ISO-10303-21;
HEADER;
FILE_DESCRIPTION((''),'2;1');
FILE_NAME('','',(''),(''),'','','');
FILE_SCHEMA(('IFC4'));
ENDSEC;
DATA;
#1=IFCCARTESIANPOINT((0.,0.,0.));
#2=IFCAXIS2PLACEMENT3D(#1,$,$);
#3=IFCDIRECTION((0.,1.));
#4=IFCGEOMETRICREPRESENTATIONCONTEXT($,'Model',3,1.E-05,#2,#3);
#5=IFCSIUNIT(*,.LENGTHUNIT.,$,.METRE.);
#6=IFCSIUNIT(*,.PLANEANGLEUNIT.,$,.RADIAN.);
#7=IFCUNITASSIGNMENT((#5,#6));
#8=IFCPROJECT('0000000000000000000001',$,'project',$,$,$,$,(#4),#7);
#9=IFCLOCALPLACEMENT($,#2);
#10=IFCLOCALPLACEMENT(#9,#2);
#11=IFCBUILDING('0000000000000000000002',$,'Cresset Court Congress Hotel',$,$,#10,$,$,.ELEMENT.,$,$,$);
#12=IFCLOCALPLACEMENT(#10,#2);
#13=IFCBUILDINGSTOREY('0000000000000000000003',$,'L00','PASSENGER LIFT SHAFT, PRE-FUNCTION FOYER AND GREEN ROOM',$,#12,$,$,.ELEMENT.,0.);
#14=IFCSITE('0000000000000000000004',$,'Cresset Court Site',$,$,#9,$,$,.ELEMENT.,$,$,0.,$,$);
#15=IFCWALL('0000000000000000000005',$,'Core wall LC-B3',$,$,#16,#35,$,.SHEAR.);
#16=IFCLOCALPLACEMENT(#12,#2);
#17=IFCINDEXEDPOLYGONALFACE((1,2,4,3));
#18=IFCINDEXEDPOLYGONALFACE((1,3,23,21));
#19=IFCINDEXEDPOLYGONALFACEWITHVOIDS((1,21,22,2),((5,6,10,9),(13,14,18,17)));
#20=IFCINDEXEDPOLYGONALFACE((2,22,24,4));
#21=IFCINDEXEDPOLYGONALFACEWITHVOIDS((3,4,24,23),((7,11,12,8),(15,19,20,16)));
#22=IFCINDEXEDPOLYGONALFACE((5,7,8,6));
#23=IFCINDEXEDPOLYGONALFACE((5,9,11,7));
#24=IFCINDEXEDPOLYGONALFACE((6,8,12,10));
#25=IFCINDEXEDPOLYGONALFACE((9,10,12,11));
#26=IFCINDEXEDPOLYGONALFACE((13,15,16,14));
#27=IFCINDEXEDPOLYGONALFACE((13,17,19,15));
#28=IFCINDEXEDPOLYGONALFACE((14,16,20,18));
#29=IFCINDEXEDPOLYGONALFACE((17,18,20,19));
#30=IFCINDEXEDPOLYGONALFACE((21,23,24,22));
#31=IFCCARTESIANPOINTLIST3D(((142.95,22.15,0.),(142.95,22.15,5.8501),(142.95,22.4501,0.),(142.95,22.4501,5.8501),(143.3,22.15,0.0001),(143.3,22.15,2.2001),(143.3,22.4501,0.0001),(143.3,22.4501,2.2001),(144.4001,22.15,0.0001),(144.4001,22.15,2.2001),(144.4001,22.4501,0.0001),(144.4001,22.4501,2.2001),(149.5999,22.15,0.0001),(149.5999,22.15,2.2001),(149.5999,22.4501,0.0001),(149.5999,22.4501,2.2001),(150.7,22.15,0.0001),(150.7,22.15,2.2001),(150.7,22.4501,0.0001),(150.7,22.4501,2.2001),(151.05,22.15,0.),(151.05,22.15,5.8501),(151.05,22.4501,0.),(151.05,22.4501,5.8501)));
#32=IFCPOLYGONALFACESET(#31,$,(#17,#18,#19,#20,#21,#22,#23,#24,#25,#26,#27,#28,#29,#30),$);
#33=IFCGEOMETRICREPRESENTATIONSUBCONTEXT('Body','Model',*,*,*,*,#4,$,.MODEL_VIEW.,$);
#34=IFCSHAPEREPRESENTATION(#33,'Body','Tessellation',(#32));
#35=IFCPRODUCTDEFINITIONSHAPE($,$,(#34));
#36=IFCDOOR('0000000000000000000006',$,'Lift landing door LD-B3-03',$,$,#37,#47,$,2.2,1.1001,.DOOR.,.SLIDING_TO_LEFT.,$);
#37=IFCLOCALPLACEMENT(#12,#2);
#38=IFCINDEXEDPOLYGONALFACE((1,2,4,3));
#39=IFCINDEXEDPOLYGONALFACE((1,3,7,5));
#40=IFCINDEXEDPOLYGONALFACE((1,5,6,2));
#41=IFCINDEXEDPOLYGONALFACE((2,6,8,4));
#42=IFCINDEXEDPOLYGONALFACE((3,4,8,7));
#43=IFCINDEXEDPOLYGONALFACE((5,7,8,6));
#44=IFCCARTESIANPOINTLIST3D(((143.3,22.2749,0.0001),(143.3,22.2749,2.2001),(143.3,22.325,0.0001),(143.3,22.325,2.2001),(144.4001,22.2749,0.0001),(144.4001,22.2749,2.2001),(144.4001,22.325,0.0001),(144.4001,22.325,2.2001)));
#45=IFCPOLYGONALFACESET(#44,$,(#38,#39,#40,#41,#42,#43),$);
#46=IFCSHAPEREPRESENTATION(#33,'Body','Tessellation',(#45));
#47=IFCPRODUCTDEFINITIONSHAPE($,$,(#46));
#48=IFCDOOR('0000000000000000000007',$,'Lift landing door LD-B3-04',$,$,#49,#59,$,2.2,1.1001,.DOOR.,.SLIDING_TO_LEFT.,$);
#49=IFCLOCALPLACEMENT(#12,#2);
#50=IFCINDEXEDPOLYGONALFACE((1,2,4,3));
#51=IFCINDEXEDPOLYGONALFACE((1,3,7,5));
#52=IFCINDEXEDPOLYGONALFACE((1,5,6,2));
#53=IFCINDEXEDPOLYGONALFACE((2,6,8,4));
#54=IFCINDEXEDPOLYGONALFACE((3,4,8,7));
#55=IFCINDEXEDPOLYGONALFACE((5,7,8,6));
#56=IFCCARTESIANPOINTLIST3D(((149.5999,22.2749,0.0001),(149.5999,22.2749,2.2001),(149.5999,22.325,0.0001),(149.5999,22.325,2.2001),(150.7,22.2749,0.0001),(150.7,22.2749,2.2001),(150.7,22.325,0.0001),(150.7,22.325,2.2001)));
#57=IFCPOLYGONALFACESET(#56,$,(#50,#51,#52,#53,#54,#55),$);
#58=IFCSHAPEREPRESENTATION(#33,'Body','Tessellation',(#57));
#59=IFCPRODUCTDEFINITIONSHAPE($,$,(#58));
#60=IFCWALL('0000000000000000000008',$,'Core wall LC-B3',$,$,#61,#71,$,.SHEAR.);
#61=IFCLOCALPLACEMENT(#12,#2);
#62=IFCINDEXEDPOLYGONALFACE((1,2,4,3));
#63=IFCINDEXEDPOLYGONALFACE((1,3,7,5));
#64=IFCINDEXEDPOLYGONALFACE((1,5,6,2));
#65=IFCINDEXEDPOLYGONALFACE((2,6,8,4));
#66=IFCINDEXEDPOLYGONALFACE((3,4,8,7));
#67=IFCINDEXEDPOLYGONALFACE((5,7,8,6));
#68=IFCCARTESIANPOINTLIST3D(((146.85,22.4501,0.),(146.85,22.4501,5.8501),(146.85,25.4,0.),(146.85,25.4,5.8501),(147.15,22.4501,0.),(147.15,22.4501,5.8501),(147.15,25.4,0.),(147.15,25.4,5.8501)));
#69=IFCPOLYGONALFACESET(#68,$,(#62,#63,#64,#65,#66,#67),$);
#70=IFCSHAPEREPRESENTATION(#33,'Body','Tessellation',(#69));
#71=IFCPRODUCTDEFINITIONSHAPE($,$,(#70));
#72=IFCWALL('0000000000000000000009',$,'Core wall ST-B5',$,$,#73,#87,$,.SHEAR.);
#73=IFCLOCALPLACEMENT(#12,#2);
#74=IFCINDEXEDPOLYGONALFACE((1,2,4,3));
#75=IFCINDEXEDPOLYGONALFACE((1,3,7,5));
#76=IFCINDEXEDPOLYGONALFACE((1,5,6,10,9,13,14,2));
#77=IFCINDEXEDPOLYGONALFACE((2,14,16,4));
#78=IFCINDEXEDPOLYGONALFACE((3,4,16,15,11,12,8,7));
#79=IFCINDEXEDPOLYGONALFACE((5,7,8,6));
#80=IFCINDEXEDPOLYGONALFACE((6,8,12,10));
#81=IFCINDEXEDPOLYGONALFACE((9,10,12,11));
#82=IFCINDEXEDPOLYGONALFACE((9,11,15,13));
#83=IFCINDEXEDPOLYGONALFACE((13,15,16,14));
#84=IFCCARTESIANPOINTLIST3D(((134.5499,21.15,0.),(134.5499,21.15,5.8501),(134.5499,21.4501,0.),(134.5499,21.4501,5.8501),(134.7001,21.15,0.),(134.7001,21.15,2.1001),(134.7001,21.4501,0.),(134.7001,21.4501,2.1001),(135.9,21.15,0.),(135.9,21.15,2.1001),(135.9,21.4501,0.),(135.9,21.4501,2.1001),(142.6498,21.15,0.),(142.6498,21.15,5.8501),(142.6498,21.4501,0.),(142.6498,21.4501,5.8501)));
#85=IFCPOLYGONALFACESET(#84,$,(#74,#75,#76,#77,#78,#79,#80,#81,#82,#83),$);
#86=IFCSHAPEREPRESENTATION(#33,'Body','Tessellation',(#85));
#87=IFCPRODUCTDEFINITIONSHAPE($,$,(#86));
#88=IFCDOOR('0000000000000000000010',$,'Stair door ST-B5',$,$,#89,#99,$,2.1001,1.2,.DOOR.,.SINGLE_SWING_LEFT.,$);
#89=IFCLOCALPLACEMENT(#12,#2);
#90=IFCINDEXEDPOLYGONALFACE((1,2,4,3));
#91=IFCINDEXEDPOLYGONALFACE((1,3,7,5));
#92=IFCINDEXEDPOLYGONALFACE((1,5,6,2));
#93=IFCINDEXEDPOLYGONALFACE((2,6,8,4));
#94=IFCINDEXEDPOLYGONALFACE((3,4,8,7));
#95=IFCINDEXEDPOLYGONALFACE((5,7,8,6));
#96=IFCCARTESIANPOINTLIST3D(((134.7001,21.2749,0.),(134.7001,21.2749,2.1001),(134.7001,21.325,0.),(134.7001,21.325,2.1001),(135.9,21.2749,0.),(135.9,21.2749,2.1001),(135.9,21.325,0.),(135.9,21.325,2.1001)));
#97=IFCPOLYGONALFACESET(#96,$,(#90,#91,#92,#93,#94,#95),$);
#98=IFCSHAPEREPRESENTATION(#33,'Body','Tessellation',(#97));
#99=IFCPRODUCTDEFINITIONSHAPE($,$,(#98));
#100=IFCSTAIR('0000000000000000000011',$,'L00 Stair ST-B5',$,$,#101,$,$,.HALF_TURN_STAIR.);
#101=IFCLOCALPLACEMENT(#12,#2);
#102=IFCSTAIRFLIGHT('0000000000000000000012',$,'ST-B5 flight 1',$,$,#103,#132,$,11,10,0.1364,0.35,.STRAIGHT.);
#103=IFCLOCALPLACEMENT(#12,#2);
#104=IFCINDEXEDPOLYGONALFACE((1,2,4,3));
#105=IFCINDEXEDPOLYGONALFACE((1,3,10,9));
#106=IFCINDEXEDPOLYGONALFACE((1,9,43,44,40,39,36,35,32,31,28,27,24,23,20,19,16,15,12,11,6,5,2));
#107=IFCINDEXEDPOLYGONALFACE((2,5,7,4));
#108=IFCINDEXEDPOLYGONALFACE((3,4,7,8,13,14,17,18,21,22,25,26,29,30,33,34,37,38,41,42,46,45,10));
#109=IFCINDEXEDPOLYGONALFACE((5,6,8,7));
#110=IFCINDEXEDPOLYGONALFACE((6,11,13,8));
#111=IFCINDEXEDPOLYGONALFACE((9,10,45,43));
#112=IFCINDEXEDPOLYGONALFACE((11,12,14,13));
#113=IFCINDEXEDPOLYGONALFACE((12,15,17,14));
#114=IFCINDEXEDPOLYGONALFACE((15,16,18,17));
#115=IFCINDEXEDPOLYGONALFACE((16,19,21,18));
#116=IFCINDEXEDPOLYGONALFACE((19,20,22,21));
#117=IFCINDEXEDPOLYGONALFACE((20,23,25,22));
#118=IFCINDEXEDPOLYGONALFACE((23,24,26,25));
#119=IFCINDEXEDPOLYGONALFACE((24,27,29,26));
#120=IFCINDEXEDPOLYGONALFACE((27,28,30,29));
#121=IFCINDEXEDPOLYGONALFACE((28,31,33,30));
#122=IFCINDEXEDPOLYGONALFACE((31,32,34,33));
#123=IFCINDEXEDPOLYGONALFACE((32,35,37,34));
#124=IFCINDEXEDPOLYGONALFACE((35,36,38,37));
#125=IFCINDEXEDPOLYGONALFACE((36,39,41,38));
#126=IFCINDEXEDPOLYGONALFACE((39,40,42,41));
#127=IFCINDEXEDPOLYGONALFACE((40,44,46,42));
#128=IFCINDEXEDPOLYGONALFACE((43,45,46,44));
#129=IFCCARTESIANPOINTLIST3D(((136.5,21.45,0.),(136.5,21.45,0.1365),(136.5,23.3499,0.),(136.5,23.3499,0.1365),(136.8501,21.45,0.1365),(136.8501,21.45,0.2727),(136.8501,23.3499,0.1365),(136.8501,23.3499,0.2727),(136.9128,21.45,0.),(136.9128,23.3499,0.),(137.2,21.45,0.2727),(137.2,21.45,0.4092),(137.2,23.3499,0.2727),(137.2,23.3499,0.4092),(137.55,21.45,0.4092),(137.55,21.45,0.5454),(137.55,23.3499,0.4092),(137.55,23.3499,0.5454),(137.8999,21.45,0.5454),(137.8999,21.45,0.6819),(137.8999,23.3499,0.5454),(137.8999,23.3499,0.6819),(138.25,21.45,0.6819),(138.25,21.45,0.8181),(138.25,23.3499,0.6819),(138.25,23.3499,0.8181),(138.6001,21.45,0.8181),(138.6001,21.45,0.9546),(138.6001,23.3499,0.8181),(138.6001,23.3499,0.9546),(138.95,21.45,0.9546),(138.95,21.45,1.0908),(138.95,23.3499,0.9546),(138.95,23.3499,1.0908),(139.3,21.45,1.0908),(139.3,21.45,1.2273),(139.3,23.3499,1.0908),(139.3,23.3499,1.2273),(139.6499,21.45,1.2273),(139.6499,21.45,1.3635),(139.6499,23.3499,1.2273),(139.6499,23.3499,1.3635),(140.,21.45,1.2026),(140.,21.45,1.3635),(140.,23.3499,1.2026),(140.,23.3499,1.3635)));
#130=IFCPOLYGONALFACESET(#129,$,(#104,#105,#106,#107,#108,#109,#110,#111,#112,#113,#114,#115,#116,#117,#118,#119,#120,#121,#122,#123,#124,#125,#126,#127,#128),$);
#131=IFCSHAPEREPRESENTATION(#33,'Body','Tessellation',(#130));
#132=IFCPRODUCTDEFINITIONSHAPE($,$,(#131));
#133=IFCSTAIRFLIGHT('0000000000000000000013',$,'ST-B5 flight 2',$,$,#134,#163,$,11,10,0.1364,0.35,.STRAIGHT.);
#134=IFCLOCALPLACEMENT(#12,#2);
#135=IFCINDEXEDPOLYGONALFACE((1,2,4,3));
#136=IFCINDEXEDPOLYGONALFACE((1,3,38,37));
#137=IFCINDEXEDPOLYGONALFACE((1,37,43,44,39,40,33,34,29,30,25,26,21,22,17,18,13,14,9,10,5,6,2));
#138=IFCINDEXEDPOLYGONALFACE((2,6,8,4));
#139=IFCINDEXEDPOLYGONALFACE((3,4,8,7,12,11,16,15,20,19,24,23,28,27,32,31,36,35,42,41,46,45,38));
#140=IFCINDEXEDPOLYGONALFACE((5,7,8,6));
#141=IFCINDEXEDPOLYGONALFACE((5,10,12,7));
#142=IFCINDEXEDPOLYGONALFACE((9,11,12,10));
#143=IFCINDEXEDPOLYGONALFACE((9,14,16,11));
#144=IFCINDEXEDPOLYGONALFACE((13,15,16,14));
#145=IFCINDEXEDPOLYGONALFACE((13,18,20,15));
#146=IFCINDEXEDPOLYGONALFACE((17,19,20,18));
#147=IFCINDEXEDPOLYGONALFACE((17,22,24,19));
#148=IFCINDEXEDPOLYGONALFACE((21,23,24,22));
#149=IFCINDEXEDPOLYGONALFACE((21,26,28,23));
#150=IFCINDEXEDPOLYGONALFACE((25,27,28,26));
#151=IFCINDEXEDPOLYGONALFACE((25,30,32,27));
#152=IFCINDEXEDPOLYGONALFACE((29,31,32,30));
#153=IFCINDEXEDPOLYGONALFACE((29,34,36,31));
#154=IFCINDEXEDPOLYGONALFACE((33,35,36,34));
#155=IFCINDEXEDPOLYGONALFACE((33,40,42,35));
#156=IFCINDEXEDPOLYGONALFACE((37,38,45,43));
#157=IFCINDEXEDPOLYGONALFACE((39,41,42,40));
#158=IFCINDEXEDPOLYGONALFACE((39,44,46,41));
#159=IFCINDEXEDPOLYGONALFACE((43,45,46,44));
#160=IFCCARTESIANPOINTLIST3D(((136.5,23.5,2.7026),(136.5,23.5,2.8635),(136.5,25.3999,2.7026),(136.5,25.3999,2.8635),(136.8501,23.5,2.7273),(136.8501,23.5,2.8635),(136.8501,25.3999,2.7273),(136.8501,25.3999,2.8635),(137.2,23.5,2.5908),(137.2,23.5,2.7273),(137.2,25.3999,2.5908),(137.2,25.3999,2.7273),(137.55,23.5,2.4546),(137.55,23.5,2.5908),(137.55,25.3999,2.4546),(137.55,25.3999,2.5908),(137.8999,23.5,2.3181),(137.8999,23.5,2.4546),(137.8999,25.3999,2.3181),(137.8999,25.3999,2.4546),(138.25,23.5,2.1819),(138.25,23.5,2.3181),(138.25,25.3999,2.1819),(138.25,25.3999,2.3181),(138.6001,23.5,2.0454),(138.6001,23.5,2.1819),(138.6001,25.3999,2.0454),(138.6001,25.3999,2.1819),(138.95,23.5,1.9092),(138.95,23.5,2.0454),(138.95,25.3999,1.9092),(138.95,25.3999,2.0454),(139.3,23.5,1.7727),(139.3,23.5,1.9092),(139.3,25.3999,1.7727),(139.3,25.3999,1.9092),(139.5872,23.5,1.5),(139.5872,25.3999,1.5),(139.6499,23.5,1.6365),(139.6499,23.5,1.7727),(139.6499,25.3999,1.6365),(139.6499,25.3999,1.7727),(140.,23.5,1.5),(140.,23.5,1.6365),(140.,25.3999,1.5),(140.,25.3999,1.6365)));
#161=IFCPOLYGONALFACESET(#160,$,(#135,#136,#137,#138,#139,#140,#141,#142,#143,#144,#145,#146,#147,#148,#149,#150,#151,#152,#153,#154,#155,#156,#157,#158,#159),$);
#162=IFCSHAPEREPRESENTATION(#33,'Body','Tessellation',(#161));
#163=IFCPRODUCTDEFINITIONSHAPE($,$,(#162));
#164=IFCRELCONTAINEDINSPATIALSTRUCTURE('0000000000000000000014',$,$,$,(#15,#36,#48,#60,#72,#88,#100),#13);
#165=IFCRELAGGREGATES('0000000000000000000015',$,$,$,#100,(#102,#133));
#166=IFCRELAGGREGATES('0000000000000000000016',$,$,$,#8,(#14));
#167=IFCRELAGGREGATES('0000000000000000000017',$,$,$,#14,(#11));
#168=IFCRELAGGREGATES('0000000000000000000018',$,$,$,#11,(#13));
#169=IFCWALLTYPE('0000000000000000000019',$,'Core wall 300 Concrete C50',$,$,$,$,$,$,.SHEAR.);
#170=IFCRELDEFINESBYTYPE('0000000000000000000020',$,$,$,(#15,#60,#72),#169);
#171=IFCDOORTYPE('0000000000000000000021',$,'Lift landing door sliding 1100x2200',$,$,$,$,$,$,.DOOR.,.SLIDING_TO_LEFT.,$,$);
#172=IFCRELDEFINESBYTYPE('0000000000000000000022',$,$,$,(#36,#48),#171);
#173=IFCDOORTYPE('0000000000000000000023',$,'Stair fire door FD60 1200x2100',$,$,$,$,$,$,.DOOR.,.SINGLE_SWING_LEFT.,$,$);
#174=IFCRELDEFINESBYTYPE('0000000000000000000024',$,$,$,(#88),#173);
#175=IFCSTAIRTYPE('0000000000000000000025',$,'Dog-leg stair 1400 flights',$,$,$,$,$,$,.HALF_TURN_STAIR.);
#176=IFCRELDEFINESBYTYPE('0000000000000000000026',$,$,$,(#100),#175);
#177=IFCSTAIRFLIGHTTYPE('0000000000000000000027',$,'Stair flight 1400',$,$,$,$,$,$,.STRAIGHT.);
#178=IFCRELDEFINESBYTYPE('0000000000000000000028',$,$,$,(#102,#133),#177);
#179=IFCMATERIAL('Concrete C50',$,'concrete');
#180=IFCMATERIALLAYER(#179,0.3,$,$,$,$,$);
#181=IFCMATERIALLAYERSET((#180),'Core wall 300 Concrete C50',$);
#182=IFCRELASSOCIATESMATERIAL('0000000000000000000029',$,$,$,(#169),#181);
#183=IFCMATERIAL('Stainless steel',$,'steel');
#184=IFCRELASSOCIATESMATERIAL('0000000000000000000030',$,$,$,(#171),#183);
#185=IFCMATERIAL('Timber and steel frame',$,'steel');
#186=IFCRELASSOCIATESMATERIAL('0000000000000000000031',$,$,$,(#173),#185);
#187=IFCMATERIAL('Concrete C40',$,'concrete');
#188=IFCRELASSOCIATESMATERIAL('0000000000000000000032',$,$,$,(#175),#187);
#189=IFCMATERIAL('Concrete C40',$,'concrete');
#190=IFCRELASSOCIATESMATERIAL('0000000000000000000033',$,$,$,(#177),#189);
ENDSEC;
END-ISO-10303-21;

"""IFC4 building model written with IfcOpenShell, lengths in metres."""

from ifc_helpers import new_model, si_unit, direction, frame, frame_2d, origin, place, context, subcontext, project, spatial, polyline, rectangle, outline, extrude, material, layer, layer_set, type_object, element, fill, aggregate, save


model = new_model("IFC4")

# Units and contexts
model_context = context("Model", 3, precision=1e-05, world=origin(), true_north=direction((0.0, 1.0)))
body_context = subcontext(model_context, "Body", "Model", "MODEL_VIEW")
ifc_project = project(units=[si_unit("LENGTHUNIT", "METRE"), si_unit("PLANEANGLEUNIT", "RADIAN")], contexts=[model_context])

# Site, building, storey
site_placement = place(None, origin())
site = spatial("IfcSite", under=ifc_project, at=site_placement, Name="Cresset Court Site", CompositionType="ELEMENT", RefElevation=0.0)
building_placement = place(site_placement, origin())
building = spatial("IfcBuilding", under=site, at=building_placement, Name="Cresset Court Congress Hotel", CompositionType="ELEMENT")
storey_placement = place(building_placement, origin())
storey = spatial("IfcBuildingStorey", under=building, at=storey_placement, Name="L00", Description="PASSENGER LIFT SHAFT, PRE-FUNCTION FOYER AND GREEN ROOM", CompositionType="ELEMENT", Elevation=0.0)

# Shared definitions
ifc_material_1 = material(Name="Concrete C50", Category="concrete")
ifc_layer = layer(ifc_material_1, 0.3)
ifc_layer_set = layer_set([ifc_layer], Name="Core wall 300 Concrete C50")
wall_type = type_object("IfcWallType", Name="Core wall 300 Concrete C50", PredefinedType="SHEAR", material=ifc_layer_set)

# Wall, openings, doors
wall_1_placement = place(storey_placement, frame((142.95, 22.3, 0.0), z_axis=(0.0, 0.0, 1.0), x_axis=(1.0, 0.0, 0.0)))
wall_1 = element("IfcWall", 1, at=wall_1_placement, inside=storey, type_object=wall_type, Name="Core wall LC-B3", PredefinedType="SHEAR", context=body_context, shape_type="SweptSolid", body=[
    extrude(rectangle(XDim=8.1001, YDim=0.3, at=frame_2d((4.05, 0.0))), origin(), (0.0, 0.0, 1.0), 5.8501),
])
opening_1_placement = place(wall_1_placement, frame((0.3501, 0.0, 0.0)))
opening_1 = element("IfcOpeningElement", 2, at=opening_1_placement, cuts=wall_1, PredefinedType="OPENING", context=body_context, shape_type="SweptSolid", body=[
    extrude(rectangle(XDim=1.1001, YDim=2.2, at=frame_2d((0.55, 1.1001))), frame((0.0, 0.1599, 0.0), z_axis=(0.0, -1.0, 0.0), x_axis=(1.0, 0.0, 0.0)), (0.0, 0.0, 1.0), 0.3201),
])
opening_2_placement = place(wall_1_placement, frame((6.6499, 0.0, 0.0)))
opening_2 = element("IfcOpeningElement", 3, at=opening_2_placement, cuts=wall_1, PredefinedType="OPENING", context=body_context, shape_type="SweptSolid", body=[
    extrude(rectangle(XDim=1.1001, YDim=2.2, at=frame_2d((0.55, 1.1001))), frame((0.0, 0.1599, 0.0), z_axis=(0.0, -1.0, 0.0), x_axis=(1.0, 0.0, 0.0)), (0.0, 0.0, 1.0), 0.3201),
])
ifc_material_2 = material(Name="Stainless steel", Category="steel")
door_type_1 = type_object("IfcDoorType", Name="Lift landing door sliding 1100x2200", OperationType="SLIDING_TO_LEFT", PredefinedType="DOOR", material=ifc_material_2)
door_1_placement = place(opening_1_placement, origin())
door_1 = element("IfcDoor", 4, at=door_1_placement, inside=storey, type_object=door_type_1, Name="Lift landing door LD-B3-03", OperationType="SLIDING_TO_LEFT", OverallHeight=2.2, OverallWidth=1.1001, PredefinedType="DOOR", context=body_context, shape_type="SweptSolid", body=[
    extrude(rectangle(XDim=1.1001, YDim=2.2, at=frame_2d((0.55, 1.1001))), frame((0.0, 0.0249, 0.0), z_axis=(0.0, -1.0, 0.0), x_axis=(1.0, 0.0, 0.0)), (0.0, 0.0, 1.0), 0.05),
])
fill(opening_1, door_1)
door_2_placement = place(opening_2_placement, origin())
door_2 = element("IfcDoor", 5, at=door_2_placement, inside=storey, type_object=door_type_1, Name="Lift landing door LD-B3-04", OperationType="SLIDING_TO_LEFT", OverallHeight=2.2, OverallWidth=1.1001, PredefinedType="DOOR", context=body_context, shape_type="SweptSolid", body=[
    extrude(rectangle(XDim=1.1001, YDim=2.2, at=frame_2d((0.55, 1.1001))), frame((0.0, 0.0249, 0.0), z_axis=(0.0, -1.0, 0.0), x_axis=(1.0, 0.0, 0.0)), (0.0, 0.0, 1.0), 0.05),
])
fill(opening_2, door_2)

# Wall
wall_2_placement = place(storey_placement, frame((147.0, 22.45, 0.0), z_axis=(0.0, 0.0, 1.0), x_axis=(0.0, 1.0, 0.0)))
element("IfcWall", 6, at=wall_2_placement, inside=storey, type_object=wall_type, Name="Core wall LC-B3", PredefinedType="SHEAR", context=body_context, shape_type="SweptSolid", body=[
    extrude(rectangle(XDim=2.95, YDim=0.3, at=frame_2d((1.4751, 0.0))), origin(), (0.0, 0.0, 1.0), 5.8501),
])

# Wall, opening, door
wall_3_placement = place(storey_placement, frame((134.55, 21.3, 0.0), z_axis=(0.0, 0.0, 1.0), x_axis=(1.0, 0.0, 0.0)))
wall_3 = element("IfcWall", 7, at=wall_3_placement, inside=storey, type_object=wall_type, Name="Core wall ST-B5", PredefinedType="SHEAR", context=body_context, shape_type="SweptSolid", body=[
    extrude(rectangle(XDim=8.0999, YDim=0.3, at=frame_2d((4.0498, 0.0))), origin(), (0.0, 0.0, 1.0), 5.8501),
])
opening_3_placement = place(wall_3_placement, frame((0.1499, 0.0, 0.0)))
opening_3 = element("IfcOpeningElement", 8, at=opening_3_placement, cuts=wall_3, PredefinedType="OPENING", context=body_context, shape_type="SweptSolid", body=[
    extrude(rectangle(XDim=1.2, YDim=2.1001, at=frame_2d((0.6001, 1.05))), frame((0.0, 0.1599, 0.0), z_axis=(0.0, -1.0, 0.0), x_axis=(1.0, 0.0, 0.0)), (0.0, 0.0, 1.0), 0.3201),
])
ifc_material_3 = material(Name="Timber and steel frame", Category="steel")
door_type_2 = type_object("IfcDoorType", Name="Stair fire door FD60 1200x2100", OperationType="SINGLE_SWING_LEFT", PredefinedType="DOOR", material=ifc_material_3)
door_3_placement = place(opening_3_placement, origin())
door_3 = element("IfcDoor", 9, at=door_3_placement, inside=storey, type_object=door_type_2, Name="Stair door ST-B5", OperationType="SINGLE_SWING_LEFT", OverallHeight=2.1001, OverallWidth=1.2, PredefinedType="DOOR", context=body_context, shape_type="SweptSolid", body=[
    extrude(rectangle(XDim=1.2, YDim=2.1001, at=frame_2d((0.6001, 1.05))), frame((0.0, 0.0249, 0.0), z_axis=(0.0, -1.0, 0.0), x_axis=(1.0, 0.0, 0.0)), (0.0, 0.0, 1.0), 0.05),
])
fill(opening_3, door_3)

# Stair, stair flights
ifc_material_4 = material(Name="Concrete C40", Category="concrete")
stair_type = type_object("IfcStairType", Name="Dog-leg stair 1400 flights", PredefinedType="HALF_TURN_STAIR", material=ifc_material_4)
stair_placement = place(storey_placement, origin())
stair = element("IfcStair", 10, at=stair_placement, inside=storey, type_object=stair_type, Name="L00 Stair ST-B5", PredefinedType="HALF_TURN_STAIR")
ifc_material_5 = material(Name="Concrete C40", Category="concrete")
stair_flight_type = type_object("IfcStairFlightType", Name="Stair flight 1400", PredefinedType="STRAIGHT", material=ifc_material_5)
stair_flight_1_placement = place(storey_placement, frame((136.5, 22.3999, 0.0), z_axis=(0.0, 0.0, 1.0), x_axis=(1.0, 0.0, 0.0)))
stair_flight_1 = element("IfcStairFlight", 11, at=stair_flight_1_placement, type_object=stair_flight_type, Name="ST-B5 flight 1", NumberOfRisers=11, NumberOfTreads=10, PredefinedType="STRAIGHT", RiserHeight=0.1364, TreadLength=0.35, context=body_context, shape_type="SweptSolid", body=[
    extrude(outline(polyline([(0.0, 0.0), (0.0, 0.1365), (0.3501, 0.1365), (0.3501, 0.2727), (0.7, 0.2727), (0.7, 0.4092), (1.05, 0.4092), (1.05, 0.5454), (1.3999, 0.5454), (1.3999, 0.6819), (1.75, 0.6819), (1.75, 0.8181), (2.1001, 0.8181), (2.1001, 0.9546), (2.45, 0.9546), (2.45, 1.0908), (2.8, 1.0908), (2.8, 1.2273), (3.1499, 1.2273), (3.1499, 1.3635), (3.5, 1.3635), (3.5, 1.5), (3.5, 1.2026), (0.4128, 0.0), (0.0, 0.0)])), frame((0.0, 0.95, 0.0), z_axis=(0.0, -1.0, 0.0), x_axis=(1.0, 0.0, 0.0)), (0.0, 0.0, 1.0), 1.8999),
])
stair_flight_2_placement = place(storey_placement, frame((140.0, 24.45, 1.5), z_axis=(0.0, 0.0, 1.0), x_axis=(-1.0, 0.0, 0.0)))
stair_flight_2 = element("IfcStairFlight", 12, at=stair_flight_2_placement, type_object=stair_flight_type, Name="ST-B5 flight 2", NumberOfRisers=11, NumberOfTreads=10, PredefinedType="STRAIGHT", RiserHeight=0.1364, TreadLength=0.35, context=body_context, shape_type="SweptSolid", body=[
    extrude(outline(polyline([(0.0, 0.0), (0.0, 0.1365), (0.3501, 0.1365), (0.3501, 0.2727), (0.7, 0.2727), (0.7, 0.4092), (1.05, 0.4092), (1.05, 0.5454), (1.3999, 0.5454), (1.3999, 0.6819), (1.75, 0.6819), (1.75, 0.8181), (2.1001, 0.8181), (2.1001, 0.9546), (2.45, 0.9546), (2.45, 1.0908), (2.8, 1.0908), (2.8, 1.2273), (3.1499, 1.2273), (3.1499, 1.3635), (3.5, 1.3635), (3.5, 1.5), (3.5, 1.2026), (0.4128, 0.0), (0.0, 0.0)])), frame((0.0, 0.95, 0.0), z_axis=(0.0, -1.0, 0.0), x_axis=(1.0, 0.0, 0.0)), (0.0, 0.0, 1.0), 1.8999),
])
aggregate(stair, [stair_flight_1, stair_flight_2])

save(model, "model.ifc")
